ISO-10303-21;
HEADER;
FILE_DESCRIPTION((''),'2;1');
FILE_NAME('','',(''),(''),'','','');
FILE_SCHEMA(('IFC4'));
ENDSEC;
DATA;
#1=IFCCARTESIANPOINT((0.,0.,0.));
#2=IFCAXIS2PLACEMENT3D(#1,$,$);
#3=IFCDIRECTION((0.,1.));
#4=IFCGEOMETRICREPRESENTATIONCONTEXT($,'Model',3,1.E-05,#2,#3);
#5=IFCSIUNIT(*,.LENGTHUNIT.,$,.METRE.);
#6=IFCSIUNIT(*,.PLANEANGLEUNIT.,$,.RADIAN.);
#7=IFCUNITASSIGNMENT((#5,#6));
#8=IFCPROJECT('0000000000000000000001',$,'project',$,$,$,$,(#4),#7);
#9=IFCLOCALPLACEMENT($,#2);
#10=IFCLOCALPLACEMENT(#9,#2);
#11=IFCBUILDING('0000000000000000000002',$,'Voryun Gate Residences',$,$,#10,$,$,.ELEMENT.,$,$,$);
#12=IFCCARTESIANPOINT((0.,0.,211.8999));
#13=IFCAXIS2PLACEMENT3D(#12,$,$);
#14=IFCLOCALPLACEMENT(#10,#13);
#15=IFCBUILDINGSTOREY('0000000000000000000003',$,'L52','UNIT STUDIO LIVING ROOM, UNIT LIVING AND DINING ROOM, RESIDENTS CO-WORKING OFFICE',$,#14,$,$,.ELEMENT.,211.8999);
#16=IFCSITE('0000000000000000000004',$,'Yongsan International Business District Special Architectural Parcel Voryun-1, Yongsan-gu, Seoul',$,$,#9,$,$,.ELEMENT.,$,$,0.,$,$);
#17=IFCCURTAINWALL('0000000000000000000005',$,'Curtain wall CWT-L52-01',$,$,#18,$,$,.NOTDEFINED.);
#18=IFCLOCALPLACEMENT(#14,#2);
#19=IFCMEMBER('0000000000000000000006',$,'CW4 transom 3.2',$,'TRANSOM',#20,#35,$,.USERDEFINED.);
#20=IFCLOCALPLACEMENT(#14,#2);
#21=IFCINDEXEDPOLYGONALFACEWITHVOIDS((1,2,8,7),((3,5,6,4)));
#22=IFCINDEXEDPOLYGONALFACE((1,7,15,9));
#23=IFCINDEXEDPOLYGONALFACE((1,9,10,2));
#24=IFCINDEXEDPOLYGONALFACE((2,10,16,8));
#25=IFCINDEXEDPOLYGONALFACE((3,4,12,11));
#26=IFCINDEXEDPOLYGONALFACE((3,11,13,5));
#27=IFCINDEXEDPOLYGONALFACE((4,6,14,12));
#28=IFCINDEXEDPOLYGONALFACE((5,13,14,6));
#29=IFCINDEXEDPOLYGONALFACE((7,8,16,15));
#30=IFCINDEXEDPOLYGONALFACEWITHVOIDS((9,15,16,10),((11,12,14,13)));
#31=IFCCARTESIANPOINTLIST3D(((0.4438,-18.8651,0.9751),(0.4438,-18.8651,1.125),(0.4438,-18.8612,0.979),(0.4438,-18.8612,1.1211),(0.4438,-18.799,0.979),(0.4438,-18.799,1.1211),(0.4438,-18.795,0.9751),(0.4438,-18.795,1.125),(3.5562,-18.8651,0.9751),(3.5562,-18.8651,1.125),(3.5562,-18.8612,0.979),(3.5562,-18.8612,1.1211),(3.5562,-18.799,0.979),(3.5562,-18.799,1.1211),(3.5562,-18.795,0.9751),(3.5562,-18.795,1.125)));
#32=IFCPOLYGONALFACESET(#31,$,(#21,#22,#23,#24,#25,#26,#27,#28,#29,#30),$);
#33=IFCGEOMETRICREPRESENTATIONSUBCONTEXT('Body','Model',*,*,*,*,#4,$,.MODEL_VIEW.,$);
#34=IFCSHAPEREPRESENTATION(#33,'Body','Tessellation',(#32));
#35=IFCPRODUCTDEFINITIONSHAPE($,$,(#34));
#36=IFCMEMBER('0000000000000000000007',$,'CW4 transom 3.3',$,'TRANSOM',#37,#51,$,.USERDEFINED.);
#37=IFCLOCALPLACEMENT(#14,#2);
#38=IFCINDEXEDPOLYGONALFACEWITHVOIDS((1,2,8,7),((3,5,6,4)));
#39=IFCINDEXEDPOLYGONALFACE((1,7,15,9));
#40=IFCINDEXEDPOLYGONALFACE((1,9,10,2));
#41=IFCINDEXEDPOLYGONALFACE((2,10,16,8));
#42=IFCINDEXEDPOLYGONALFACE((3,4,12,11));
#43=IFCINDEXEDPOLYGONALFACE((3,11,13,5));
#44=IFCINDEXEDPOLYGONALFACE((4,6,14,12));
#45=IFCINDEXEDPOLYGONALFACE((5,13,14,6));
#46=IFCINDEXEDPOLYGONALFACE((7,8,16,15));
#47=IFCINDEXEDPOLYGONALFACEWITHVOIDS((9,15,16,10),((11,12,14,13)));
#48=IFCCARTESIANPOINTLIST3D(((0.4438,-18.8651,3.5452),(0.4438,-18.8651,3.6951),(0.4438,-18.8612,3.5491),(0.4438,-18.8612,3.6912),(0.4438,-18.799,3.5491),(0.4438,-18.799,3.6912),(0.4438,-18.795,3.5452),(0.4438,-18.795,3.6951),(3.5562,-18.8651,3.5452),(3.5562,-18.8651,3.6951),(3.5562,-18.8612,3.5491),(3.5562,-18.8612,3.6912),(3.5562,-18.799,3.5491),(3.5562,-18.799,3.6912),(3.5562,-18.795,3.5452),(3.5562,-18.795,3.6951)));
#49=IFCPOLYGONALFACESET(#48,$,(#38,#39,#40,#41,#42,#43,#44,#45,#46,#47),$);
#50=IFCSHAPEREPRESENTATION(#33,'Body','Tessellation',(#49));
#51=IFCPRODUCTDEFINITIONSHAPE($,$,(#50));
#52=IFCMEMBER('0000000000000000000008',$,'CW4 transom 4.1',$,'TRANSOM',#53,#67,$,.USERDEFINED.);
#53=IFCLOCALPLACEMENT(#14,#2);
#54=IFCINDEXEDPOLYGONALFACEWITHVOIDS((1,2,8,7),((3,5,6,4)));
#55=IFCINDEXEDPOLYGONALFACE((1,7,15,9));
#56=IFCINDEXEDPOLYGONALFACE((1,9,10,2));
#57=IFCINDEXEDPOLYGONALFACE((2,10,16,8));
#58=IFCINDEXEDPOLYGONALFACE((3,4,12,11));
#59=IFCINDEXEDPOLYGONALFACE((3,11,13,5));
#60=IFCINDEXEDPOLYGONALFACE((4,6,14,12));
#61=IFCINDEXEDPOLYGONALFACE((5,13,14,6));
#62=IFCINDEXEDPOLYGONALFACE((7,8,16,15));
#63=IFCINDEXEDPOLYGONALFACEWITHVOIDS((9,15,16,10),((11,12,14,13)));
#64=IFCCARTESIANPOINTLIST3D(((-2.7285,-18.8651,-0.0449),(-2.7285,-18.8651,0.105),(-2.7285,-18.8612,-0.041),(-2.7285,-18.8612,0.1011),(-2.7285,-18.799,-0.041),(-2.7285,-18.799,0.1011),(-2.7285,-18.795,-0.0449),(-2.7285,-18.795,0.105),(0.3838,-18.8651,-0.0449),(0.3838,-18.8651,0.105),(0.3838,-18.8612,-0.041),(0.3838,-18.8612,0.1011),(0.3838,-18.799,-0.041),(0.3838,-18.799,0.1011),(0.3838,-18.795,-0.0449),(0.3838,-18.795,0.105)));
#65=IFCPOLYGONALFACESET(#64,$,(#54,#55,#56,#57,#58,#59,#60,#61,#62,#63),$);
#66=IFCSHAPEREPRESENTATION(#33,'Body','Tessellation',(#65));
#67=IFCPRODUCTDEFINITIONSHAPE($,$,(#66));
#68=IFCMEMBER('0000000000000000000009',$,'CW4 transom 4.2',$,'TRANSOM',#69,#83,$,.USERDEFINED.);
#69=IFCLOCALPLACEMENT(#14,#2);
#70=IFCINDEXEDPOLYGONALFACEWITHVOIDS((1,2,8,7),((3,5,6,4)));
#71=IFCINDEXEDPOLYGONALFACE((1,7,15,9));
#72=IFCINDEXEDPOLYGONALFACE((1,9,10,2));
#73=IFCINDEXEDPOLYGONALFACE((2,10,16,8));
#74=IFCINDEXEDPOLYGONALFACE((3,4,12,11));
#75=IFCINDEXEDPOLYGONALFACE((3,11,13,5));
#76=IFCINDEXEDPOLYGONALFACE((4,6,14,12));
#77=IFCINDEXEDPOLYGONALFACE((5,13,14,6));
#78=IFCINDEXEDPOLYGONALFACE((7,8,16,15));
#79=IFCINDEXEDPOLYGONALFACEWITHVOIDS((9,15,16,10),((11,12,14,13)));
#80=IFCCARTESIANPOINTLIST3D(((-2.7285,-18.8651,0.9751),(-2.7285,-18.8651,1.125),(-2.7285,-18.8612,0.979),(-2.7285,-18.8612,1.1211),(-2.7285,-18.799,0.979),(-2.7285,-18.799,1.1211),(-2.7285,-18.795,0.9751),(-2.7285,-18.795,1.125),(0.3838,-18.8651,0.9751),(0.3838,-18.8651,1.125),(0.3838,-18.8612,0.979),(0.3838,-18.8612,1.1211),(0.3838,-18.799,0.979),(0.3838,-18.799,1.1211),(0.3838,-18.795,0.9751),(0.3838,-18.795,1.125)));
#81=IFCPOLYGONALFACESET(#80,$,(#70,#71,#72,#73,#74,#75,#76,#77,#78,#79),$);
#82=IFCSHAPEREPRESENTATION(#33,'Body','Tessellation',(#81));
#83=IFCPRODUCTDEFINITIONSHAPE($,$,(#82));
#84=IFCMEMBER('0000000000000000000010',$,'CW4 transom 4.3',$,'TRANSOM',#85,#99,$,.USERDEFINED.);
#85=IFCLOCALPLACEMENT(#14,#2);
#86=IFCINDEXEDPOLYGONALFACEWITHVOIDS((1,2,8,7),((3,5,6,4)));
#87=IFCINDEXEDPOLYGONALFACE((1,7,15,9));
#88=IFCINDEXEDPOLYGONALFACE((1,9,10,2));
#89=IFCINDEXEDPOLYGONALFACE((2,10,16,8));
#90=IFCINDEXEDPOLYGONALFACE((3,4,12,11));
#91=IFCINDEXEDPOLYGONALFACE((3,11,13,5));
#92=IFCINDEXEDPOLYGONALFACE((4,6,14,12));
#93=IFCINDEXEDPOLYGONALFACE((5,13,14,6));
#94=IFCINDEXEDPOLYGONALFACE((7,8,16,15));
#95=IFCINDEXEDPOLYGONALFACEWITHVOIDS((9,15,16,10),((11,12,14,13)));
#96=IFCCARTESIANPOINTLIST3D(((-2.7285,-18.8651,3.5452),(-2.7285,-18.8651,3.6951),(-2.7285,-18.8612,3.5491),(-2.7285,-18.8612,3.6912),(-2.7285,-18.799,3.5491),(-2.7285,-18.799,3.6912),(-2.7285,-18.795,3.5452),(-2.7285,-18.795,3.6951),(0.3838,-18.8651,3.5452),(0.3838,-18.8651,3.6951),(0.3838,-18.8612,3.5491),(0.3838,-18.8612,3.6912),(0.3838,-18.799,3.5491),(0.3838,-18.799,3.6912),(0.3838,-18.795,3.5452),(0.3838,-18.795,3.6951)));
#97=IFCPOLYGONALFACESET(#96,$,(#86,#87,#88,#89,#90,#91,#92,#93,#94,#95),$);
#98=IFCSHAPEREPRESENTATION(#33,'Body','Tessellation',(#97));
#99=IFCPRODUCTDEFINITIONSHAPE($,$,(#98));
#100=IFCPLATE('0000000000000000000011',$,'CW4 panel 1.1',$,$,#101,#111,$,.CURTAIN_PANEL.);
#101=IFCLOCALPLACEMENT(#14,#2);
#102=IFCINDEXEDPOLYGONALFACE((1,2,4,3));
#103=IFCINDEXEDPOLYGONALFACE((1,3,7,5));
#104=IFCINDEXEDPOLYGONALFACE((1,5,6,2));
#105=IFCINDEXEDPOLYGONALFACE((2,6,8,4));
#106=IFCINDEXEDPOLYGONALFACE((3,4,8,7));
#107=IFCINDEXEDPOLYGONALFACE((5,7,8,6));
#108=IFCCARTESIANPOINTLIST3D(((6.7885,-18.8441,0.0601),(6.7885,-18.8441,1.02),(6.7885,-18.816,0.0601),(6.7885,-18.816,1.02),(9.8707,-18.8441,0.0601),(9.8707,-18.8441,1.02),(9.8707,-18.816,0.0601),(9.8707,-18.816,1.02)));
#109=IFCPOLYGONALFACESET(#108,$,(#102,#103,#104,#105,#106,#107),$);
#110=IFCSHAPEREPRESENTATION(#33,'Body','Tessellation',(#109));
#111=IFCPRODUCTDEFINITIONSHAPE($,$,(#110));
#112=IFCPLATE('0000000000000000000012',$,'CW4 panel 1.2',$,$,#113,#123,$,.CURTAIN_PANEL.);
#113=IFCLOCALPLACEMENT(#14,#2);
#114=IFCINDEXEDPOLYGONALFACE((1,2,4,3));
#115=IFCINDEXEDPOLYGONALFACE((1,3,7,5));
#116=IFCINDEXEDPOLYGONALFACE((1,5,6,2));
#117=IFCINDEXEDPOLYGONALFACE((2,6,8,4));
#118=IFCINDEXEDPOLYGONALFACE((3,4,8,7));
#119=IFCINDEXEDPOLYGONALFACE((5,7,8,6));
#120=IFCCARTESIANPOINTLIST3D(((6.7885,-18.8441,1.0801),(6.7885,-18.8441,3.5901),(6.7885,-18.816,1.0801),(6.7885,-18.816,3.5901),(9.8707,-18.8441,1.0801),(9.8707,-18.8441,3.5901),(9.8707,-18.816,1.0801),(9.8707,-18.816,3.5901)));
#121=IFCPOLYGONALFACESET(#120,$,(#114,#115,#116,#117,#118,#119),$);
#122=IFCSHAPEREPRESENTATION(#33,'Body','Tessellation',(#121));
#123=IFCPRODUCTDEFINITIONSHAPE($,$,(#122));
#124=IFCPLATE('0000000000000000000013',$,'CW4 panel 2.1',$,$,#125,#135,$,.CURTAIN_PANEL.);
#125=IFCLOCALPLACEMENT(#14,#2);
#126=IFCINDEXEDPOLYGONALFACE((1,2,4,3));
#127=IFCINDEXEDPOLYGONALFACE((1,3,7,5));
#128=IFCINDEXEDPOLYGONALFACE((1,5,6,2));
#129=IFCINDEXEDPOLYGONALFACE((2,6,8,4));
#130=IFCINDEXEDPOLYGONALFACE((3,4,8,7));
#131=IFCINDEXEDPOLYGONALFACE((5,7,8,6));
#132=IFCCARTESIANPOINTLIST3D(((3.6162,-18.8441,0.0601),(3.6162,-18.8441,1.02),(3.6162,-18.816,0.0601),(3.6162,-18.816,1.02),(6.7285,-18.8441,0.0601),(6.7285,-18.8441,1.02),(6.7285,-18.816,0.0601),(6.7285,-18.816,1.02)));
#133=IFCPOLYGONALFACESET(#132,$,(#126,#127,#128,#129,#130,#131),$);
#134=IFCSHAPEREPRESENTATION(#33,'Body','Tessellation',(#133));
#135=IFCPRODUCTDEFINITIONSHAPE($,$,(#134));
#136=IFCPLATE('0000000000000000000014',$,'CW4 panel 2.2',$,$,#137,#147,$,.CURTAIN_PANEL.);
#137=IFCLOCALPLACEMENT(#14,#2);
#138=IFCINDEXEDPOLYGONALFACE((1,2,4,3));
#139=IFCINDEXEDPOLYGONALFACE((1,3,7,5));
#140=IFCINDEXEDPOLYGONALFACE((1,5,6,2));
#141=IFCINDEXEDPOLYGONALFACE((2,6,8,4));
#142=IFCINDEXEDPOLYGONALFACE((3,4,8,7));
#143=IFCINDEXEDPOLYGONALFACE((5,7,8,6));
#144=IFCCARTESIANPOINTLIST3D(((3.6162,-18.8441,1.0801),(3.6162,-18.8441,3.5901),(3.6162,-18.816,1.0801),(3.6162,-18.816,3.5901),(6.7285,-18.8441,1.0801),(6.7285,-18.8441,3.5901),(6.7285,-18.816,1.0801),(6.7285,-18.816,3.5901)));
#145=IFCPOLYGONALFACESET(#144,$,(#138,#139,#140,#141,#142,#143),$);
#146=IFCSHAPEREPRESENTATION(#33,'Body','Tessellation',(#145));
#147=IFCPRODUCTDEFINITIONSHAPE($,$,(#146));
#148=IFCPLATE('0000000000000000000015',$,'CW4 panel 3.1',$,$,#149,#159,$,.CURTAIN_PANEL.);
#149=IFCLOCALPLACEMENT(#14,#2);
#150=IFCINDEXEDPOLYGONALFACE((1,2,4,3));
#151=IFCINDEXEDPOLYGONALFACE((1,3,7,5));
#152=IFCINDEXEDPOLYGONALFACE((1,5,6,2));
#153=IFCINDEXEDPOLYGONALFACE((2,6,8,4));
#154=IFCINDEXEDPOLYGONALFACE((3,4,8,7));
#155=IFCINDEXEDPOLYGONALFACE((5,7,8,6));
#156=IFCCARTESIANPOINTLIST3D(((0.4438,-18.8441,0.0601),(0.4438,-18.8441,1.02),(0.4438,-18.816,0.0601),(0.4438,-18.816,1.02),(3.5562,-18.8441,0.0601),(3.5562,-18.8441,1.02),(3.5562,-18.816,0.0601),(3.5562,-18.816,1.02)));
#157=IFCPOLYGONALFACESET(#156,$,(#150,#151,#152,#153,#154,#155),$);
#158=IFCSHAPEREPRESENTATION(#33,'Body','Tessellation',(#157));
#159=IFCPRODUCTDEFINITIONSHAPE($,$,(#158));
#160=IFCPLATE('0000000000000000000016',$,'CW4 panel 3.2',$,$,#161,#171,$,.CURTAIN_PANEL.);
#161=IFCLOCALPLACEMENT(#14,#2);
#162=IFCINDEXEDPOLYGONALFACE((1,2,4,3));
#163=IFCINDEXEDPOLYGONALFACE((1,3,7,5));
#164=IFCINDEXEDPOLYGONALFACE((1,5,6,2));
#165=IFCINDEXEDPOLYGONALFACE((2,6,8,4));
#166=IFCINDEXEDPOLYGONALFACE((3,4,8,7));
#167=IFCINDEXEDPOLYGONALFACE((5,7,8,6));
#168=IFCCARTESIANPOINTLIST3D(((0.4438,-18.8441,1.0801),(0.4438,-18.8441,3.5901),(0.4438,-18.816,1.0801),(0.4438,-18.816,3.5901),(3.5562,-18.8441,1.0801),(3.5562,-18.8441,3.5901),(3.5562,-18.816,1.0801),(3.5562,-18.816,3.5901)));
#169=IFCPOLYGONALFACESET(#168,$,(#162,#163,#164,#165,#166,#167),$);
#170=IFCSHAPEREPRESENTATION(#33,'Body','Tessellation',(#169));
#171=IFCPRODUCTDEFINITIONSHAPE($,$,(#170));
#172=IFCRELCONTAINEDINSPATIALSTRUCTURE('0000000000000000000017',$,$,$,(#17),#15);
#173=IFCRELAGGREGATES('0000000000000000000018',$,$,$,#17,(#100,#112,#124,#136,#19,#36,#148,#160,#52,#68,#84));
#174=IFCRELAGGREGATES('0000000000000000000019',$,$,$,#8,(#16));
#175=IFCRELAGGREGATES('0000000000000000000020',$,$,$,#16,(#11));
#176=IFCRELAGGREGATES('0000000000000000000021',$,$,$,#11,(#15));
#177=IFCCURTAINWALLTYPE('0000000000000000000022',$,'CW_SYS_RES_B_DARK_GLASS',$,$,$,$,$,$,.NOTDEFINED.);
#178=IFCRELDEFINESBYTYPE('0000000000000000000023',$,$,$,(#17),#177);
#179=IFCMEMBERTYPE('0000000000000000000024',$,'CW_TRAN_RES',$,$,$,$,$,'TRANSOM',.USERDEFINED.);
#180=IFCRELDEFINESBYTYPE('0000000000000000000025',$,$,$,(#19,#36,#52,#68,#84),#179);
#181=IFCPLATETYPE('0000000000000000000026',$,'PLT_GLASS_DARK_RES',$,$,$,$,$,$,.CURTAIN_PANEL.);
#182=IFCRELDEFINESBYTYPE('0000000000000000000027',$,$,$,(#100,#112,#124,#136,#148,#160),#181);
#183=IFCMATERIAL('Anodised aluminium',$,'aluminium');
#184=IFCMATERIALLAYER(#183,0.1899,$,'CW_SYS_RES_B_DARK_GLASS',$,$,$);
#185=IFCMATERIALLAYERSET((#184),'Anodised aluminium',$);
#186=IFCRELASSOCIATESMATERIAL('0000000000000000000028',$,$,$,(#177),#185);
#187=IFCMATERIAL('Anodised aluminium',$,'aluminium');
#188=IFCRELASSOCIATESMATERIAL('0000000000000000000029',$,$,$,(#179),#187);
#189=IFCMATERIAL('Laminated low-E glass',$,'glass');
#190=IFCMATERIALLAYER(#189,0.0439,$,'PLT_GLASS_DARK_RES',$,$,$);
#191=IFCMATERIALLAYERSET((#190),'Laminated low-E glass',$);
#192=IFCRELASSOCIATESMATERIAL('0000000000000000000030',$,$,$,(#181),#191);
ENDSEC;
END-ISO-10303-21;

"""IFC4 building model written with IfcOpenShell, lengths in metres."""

from ifc_helpers import new_model, si_unit, direction, frame, origin, origin_2d, place, context, subcontext, project, spatial, rectangle, hollow_rectangle, extrude, material, layer, layer_set, material_profile, profile_set, type_object, element, aggregate, save


model = new_model("IFC4")

# Units and contexts
model_context = context("Model", 3, precision=1e-05, world=origin(), true_north=direction((0.0, 1.0)))
body_context = subcontext(model_context, "Body", "Model", "MODEL_VIEW")
ifc_project = project(units=[si_unit("LENGTHUNIT", "METRE"), si_unit("PLANEANGLEUNIT", "RADIAN")], contexts=[model_context])

# Site, building, storey
site_placement = place(None, origin())
site = spatial("IfcSite", under=ifc_project, at=site_placement, Name="Yongsan International Business District Special Architectural Parcel Voryun-1, Yongsan-gu, Seoul", CompositionType="ELEMENT", RefElevation=0.0)
building_placement = place(site_placement, origin())
building = spatial("IfcBuilding", under=site, at=building_placement, Name="Voryun Gate Residences", CompositionType="ELEMENT")
storey_placement = place(building_placement, frame((0.0, 0.0, 211.8999)))
storey = spatial("IfcBuildingStorey", under=building, at=storey_placement, Name="L52", Description="UNIT STUDIO LIVING ROOM, UNIT LIVING AND DINING ROOM, RESIDENTS CO-WORKING OFFICE", CompositionType="ELEMENT", Elevation=211.8999)

# Curtain wall, members, plates
ifc_material_1 = material(Name="Anodised aluminium", Category="aluminium")
ifc_layer_1 = layer(ifc_material_1, 0.1899, Name="CW_SYS_RES_B_DARK_GLASS")
ifc_layer_set_1 = layer_set([ifc_layer_1], Name="Anodised aluminium")
curtain_wall_type = type_object("IfcCurtainWallType", Name="CW_SYS_RES_B_DARK_GLASS", PredefinedType="NOTDEFINED", material=ifc_layer_set_1)
curtain_wall_placement = place(storey_placement, origin())
curtain_wall = element("IfcCurtainWall", 1, at=curtain_wall_placement, inside=storey, type_object=curtain_wall_type, Name="Curtain wall CWT-L52-01", PredefinedType="NOTDEFINED")
ifc_material_2 = material(Name="Anodised aluminium", Category="aluminium")
ifc_material_profile_1 = material_profile(ifc_material_2, hollow_rectangle(XDim=0.0701, YDim=0.1499, WallThickness=0.0039, at=origin_2d()), Name="ALU-TRAN-150x70x4")
ifc_profile_set_1 = profile_set([ifc_material_profile_1], Name="Anodised aluminium")
member_type_1 = type_object("IfcMemberType", Name="CW_TRAN_RES", ElementType="TRANSOM", PredefinedType="USERDEFINED", material=ifc_profile_set_1)
member_1_placement = place(storey_placement, frame((3.5562, -18.8301, 1.05), z_axis=(-1.0, 0.0, 0.0), x_axis=(0.0, -1.0, 0.0)))
member_1 = element("IfcMember", 2, at=member_1_placement, type_object=member_type_1, Name="CW4 transom 3.2", ObjectType="TRANSOM", PredefinedType="USERDEFINED", context=body_context, shape_type="SweptSolid", body=[
    extrude(hollow_rectangle(XDim=0.0701, YDim=0.1499, WallThickness=0.0039, at=origin_2d()), origin(), (0.0, 0.0, 1.0), 3.1123),
])
member_2_placement = place(storey_placement, frame((3.5562, -18.8301, 3.6201), z_axis=(-1.0, 0.0, 0.0), x_axis=(0.0, -1.0, 0.0)))
member_2 = element("IfcMember", 3, at=member_2_placement, type_object=member_type_1, Name="CW4 transom 3.3", ObjectType="TRANSOM", PredefinedType="USERDEFINED", context=body_context, shape_type="SweptSolid", body=[
    extrude(hollow_rectangle(XDim=0.0701, YDim=0.1499, WallThickness=0.0039, at=origin_2d()), origin(), (0.0, 0.0, 1.0), 3.1123),
])
member_3_placement = place(storey_placement, frame((0.3838, -18.8301, 0.03), z_axis=(-1.0, 0.0, 0.0), x_axis=(0.0, -1.0, 0.0)))
member_3 = element("IfcMember", 4, at=member_3_placement, type_object=member_type_1, Name="CW4 transom 4.1", ObjectType="TRANSOM", PredefinedType="USERDEFINED", context=body_context, shape_type="SweptSolid", body=[
    extrude(hollow_rectangle(XDim=0.0701, YDim=0.1499, WallThickness=0.0039, at=origin_2d()), origin(), (0.0, 0.0, 1.0), 3.1123),
])
member_4_placement = place(storey_placement, frame((0.3838, -18.8301, 1.05), z_axis=(-1.0, 0.0, 0.0), x_axis=(0.0, -1.0, 0.0)))
member_4 = element("IfcMember", 5, at=member_4_placement, type_object=member_type_1, Name="CW4 transom 4.2", ObjectType="TRANSOM", PredefinedType="USERDEFINED", context=body_context, shape_type="SweptSolid", body=[
    extrude(hollow_rectangle(XDim=0.0701, YDim=0.1499, WallThickness=0.0039, at=origin_2d()), origin(), (0.0, 0.0, 1.0), 3.1123),
])
member_5_placement = place(storey_placement, frame((0.3838, -18.8301, 3.6201), z_axis=(-1.0, 0.0, 0.0), x_axis=(0.0, -1.0, 0.0)))
member_5 = element("IfcMember", 6, at=member_5_placement, type_object=member_type_1, Name="CW4 transom 4.3", ObjectType="TRANSOM", PredefinedType="USERDEFINED", context=body_context, shape_type="SweptSolid", body=[
    extrude(hollow_rectangle(XDim=0.0701, YDim=0.1499, WallThickness=0.0039, at=origin_2d()), origin(), (0.0, 0.0, 1.0), 3.1123),
])
ifc_material_3 = material(Name="Laminated low-E glass", Category="glass")
ifc_layer_2 = layer(ifc_material_3, 0.0439, Name="PLT_GLASS_DARK_RES")
ifc_layer_set_2 = layer_set([ifc_layer_2], Name="Laminated low-E glass")
plate_type = type_object("IfcPlateType", Name="PLT_GLASS_DARK_RES", PredefinedType="CURTAIN_PANEL", material=ifc_layer_set_2)
plate_1_placement = place(storey_placement, frame((8.3296, -18.8301, 0.0601), z_axis=(0.0, 0.0, 1.0), x_axis=(-1.0, 0.0, 0.0)))
plate_1 = element("IfcPlate", 7, at=plate_1_placement, type_object=plate_type, Name="CW4 panel 1.1", PredefinedType="CURTAIN_PANEL", context=body_context, shape_type="SweptSolid", body=[
    extrude(rectangle(XDim=3.0823, YDim=0.0281, at=origin_2d()), origin(), (0.0, 0.0, 1.0), 0.96),
])
plate_2_placement = place(storey_placement, frame((8.3296, -18.8301, 1.0801), z_axis=(0.0, 0.0, 1.0), x_axis=(-1.0, 0.0, 0.0)))
plate_2 = element("IfcPlate", 8, at=plate_2_placement, type_object=plate_type, Name="CW4 panel 1.2", PredefinedType="CURTAIN_PANEL", context=body_context, shape_type="SweptSolid", body=[
    extrude(rectangle(XDim=3.0823, YDim=0.0281, at=origin_2d()), origin(), (0.0, 0.0, 1.0), 2.51),
])
plate_3_placement = place(storey_placement, frame((5.1724, -18.8301, 0.0601), z_axis=(0.0, 0.0, 1.0), x_axis=(-1.0, 0.0, 0.0)))
plate_3 = element("IfcPlate", 9, at=plate_3_placement, type_object=plate_type, Name="CW4 panel 2.1", PredefinedType="CURTAIN_PANEL", context=body_context, shape_type="SweptSolid", body=[
    extrude(rectangle(XDim=3.1123, YDim=0.0281, at=origin_2d()), origin(), (0.0, 0.0, 1.0), 0.96),
])
plate_4_placement = place(storey_placement, frame((5.1724, -18.8301, 1.0801), z_axis=(0.0, 0.0, 1.0), x_axis=(-1.0, 0.0, 0.0)))
plate_4 = element("IfcPlate", 10, at=plate_4_placement, type_object=plate_type, Name="CW4 panel 2.2", PredefinedType="CURTAIN_PANEL", context=body_context, shape_type="SweptSolid", body=[
    extrude(rectangle(XDim=3.1123, YDim=0.0281, at=origin_2d()), origin(), (0.0, 0.0, 1.0), 2.51),
])
plate_5_placement = place(storey_placement, frame((2.0, -18.8301, 0.0601), z_axis=(0.0, 0.0, 1.0), x_axis=(-1.0, 0.0, 0.0)))
plate_5 = element("IfcPlate", 11, at=plate_5_placement, type_object=plate_type, Name="CW4 panel 3.1", PredefinedType="CURTAIN_PANEL", context=body_context, shape_type="SweptSolid", body=[
    extrude(rectangle(XDim=3.1123, YDim=0.0281, at=origin_2d()), origin(), (0.0, 0.0, 1.0), 0.96),
])
plate_6_placement = place(storey_placement, frame((2.0, -18.8301, 1.0801), z_axis=(0.0, 0.0, 1.0), x_axis=(-1.0, 0.0, 0.0)))
plate_6 = element("IfcPlate", 12, at=plate_6_placement, type_object=plate_type, Name="CW4 panel 3.2", PredefinedType="CURTAIN_PANEL", context=body_context, shape_type="SweptSolid", body=[
    extrude(rectangle(XDim=3.1123, YDim=0.0281, at=origin_2d()), origin(), (0.0, 0.0, 1.0), 2.51),
])
aggregate(curtain_wall, [plate_1, plate_2, plate_3, plate_4, member_1, member_2, plate_5, plate_6, member_3, member_4, member_5])

save(model, "model.ifc")
